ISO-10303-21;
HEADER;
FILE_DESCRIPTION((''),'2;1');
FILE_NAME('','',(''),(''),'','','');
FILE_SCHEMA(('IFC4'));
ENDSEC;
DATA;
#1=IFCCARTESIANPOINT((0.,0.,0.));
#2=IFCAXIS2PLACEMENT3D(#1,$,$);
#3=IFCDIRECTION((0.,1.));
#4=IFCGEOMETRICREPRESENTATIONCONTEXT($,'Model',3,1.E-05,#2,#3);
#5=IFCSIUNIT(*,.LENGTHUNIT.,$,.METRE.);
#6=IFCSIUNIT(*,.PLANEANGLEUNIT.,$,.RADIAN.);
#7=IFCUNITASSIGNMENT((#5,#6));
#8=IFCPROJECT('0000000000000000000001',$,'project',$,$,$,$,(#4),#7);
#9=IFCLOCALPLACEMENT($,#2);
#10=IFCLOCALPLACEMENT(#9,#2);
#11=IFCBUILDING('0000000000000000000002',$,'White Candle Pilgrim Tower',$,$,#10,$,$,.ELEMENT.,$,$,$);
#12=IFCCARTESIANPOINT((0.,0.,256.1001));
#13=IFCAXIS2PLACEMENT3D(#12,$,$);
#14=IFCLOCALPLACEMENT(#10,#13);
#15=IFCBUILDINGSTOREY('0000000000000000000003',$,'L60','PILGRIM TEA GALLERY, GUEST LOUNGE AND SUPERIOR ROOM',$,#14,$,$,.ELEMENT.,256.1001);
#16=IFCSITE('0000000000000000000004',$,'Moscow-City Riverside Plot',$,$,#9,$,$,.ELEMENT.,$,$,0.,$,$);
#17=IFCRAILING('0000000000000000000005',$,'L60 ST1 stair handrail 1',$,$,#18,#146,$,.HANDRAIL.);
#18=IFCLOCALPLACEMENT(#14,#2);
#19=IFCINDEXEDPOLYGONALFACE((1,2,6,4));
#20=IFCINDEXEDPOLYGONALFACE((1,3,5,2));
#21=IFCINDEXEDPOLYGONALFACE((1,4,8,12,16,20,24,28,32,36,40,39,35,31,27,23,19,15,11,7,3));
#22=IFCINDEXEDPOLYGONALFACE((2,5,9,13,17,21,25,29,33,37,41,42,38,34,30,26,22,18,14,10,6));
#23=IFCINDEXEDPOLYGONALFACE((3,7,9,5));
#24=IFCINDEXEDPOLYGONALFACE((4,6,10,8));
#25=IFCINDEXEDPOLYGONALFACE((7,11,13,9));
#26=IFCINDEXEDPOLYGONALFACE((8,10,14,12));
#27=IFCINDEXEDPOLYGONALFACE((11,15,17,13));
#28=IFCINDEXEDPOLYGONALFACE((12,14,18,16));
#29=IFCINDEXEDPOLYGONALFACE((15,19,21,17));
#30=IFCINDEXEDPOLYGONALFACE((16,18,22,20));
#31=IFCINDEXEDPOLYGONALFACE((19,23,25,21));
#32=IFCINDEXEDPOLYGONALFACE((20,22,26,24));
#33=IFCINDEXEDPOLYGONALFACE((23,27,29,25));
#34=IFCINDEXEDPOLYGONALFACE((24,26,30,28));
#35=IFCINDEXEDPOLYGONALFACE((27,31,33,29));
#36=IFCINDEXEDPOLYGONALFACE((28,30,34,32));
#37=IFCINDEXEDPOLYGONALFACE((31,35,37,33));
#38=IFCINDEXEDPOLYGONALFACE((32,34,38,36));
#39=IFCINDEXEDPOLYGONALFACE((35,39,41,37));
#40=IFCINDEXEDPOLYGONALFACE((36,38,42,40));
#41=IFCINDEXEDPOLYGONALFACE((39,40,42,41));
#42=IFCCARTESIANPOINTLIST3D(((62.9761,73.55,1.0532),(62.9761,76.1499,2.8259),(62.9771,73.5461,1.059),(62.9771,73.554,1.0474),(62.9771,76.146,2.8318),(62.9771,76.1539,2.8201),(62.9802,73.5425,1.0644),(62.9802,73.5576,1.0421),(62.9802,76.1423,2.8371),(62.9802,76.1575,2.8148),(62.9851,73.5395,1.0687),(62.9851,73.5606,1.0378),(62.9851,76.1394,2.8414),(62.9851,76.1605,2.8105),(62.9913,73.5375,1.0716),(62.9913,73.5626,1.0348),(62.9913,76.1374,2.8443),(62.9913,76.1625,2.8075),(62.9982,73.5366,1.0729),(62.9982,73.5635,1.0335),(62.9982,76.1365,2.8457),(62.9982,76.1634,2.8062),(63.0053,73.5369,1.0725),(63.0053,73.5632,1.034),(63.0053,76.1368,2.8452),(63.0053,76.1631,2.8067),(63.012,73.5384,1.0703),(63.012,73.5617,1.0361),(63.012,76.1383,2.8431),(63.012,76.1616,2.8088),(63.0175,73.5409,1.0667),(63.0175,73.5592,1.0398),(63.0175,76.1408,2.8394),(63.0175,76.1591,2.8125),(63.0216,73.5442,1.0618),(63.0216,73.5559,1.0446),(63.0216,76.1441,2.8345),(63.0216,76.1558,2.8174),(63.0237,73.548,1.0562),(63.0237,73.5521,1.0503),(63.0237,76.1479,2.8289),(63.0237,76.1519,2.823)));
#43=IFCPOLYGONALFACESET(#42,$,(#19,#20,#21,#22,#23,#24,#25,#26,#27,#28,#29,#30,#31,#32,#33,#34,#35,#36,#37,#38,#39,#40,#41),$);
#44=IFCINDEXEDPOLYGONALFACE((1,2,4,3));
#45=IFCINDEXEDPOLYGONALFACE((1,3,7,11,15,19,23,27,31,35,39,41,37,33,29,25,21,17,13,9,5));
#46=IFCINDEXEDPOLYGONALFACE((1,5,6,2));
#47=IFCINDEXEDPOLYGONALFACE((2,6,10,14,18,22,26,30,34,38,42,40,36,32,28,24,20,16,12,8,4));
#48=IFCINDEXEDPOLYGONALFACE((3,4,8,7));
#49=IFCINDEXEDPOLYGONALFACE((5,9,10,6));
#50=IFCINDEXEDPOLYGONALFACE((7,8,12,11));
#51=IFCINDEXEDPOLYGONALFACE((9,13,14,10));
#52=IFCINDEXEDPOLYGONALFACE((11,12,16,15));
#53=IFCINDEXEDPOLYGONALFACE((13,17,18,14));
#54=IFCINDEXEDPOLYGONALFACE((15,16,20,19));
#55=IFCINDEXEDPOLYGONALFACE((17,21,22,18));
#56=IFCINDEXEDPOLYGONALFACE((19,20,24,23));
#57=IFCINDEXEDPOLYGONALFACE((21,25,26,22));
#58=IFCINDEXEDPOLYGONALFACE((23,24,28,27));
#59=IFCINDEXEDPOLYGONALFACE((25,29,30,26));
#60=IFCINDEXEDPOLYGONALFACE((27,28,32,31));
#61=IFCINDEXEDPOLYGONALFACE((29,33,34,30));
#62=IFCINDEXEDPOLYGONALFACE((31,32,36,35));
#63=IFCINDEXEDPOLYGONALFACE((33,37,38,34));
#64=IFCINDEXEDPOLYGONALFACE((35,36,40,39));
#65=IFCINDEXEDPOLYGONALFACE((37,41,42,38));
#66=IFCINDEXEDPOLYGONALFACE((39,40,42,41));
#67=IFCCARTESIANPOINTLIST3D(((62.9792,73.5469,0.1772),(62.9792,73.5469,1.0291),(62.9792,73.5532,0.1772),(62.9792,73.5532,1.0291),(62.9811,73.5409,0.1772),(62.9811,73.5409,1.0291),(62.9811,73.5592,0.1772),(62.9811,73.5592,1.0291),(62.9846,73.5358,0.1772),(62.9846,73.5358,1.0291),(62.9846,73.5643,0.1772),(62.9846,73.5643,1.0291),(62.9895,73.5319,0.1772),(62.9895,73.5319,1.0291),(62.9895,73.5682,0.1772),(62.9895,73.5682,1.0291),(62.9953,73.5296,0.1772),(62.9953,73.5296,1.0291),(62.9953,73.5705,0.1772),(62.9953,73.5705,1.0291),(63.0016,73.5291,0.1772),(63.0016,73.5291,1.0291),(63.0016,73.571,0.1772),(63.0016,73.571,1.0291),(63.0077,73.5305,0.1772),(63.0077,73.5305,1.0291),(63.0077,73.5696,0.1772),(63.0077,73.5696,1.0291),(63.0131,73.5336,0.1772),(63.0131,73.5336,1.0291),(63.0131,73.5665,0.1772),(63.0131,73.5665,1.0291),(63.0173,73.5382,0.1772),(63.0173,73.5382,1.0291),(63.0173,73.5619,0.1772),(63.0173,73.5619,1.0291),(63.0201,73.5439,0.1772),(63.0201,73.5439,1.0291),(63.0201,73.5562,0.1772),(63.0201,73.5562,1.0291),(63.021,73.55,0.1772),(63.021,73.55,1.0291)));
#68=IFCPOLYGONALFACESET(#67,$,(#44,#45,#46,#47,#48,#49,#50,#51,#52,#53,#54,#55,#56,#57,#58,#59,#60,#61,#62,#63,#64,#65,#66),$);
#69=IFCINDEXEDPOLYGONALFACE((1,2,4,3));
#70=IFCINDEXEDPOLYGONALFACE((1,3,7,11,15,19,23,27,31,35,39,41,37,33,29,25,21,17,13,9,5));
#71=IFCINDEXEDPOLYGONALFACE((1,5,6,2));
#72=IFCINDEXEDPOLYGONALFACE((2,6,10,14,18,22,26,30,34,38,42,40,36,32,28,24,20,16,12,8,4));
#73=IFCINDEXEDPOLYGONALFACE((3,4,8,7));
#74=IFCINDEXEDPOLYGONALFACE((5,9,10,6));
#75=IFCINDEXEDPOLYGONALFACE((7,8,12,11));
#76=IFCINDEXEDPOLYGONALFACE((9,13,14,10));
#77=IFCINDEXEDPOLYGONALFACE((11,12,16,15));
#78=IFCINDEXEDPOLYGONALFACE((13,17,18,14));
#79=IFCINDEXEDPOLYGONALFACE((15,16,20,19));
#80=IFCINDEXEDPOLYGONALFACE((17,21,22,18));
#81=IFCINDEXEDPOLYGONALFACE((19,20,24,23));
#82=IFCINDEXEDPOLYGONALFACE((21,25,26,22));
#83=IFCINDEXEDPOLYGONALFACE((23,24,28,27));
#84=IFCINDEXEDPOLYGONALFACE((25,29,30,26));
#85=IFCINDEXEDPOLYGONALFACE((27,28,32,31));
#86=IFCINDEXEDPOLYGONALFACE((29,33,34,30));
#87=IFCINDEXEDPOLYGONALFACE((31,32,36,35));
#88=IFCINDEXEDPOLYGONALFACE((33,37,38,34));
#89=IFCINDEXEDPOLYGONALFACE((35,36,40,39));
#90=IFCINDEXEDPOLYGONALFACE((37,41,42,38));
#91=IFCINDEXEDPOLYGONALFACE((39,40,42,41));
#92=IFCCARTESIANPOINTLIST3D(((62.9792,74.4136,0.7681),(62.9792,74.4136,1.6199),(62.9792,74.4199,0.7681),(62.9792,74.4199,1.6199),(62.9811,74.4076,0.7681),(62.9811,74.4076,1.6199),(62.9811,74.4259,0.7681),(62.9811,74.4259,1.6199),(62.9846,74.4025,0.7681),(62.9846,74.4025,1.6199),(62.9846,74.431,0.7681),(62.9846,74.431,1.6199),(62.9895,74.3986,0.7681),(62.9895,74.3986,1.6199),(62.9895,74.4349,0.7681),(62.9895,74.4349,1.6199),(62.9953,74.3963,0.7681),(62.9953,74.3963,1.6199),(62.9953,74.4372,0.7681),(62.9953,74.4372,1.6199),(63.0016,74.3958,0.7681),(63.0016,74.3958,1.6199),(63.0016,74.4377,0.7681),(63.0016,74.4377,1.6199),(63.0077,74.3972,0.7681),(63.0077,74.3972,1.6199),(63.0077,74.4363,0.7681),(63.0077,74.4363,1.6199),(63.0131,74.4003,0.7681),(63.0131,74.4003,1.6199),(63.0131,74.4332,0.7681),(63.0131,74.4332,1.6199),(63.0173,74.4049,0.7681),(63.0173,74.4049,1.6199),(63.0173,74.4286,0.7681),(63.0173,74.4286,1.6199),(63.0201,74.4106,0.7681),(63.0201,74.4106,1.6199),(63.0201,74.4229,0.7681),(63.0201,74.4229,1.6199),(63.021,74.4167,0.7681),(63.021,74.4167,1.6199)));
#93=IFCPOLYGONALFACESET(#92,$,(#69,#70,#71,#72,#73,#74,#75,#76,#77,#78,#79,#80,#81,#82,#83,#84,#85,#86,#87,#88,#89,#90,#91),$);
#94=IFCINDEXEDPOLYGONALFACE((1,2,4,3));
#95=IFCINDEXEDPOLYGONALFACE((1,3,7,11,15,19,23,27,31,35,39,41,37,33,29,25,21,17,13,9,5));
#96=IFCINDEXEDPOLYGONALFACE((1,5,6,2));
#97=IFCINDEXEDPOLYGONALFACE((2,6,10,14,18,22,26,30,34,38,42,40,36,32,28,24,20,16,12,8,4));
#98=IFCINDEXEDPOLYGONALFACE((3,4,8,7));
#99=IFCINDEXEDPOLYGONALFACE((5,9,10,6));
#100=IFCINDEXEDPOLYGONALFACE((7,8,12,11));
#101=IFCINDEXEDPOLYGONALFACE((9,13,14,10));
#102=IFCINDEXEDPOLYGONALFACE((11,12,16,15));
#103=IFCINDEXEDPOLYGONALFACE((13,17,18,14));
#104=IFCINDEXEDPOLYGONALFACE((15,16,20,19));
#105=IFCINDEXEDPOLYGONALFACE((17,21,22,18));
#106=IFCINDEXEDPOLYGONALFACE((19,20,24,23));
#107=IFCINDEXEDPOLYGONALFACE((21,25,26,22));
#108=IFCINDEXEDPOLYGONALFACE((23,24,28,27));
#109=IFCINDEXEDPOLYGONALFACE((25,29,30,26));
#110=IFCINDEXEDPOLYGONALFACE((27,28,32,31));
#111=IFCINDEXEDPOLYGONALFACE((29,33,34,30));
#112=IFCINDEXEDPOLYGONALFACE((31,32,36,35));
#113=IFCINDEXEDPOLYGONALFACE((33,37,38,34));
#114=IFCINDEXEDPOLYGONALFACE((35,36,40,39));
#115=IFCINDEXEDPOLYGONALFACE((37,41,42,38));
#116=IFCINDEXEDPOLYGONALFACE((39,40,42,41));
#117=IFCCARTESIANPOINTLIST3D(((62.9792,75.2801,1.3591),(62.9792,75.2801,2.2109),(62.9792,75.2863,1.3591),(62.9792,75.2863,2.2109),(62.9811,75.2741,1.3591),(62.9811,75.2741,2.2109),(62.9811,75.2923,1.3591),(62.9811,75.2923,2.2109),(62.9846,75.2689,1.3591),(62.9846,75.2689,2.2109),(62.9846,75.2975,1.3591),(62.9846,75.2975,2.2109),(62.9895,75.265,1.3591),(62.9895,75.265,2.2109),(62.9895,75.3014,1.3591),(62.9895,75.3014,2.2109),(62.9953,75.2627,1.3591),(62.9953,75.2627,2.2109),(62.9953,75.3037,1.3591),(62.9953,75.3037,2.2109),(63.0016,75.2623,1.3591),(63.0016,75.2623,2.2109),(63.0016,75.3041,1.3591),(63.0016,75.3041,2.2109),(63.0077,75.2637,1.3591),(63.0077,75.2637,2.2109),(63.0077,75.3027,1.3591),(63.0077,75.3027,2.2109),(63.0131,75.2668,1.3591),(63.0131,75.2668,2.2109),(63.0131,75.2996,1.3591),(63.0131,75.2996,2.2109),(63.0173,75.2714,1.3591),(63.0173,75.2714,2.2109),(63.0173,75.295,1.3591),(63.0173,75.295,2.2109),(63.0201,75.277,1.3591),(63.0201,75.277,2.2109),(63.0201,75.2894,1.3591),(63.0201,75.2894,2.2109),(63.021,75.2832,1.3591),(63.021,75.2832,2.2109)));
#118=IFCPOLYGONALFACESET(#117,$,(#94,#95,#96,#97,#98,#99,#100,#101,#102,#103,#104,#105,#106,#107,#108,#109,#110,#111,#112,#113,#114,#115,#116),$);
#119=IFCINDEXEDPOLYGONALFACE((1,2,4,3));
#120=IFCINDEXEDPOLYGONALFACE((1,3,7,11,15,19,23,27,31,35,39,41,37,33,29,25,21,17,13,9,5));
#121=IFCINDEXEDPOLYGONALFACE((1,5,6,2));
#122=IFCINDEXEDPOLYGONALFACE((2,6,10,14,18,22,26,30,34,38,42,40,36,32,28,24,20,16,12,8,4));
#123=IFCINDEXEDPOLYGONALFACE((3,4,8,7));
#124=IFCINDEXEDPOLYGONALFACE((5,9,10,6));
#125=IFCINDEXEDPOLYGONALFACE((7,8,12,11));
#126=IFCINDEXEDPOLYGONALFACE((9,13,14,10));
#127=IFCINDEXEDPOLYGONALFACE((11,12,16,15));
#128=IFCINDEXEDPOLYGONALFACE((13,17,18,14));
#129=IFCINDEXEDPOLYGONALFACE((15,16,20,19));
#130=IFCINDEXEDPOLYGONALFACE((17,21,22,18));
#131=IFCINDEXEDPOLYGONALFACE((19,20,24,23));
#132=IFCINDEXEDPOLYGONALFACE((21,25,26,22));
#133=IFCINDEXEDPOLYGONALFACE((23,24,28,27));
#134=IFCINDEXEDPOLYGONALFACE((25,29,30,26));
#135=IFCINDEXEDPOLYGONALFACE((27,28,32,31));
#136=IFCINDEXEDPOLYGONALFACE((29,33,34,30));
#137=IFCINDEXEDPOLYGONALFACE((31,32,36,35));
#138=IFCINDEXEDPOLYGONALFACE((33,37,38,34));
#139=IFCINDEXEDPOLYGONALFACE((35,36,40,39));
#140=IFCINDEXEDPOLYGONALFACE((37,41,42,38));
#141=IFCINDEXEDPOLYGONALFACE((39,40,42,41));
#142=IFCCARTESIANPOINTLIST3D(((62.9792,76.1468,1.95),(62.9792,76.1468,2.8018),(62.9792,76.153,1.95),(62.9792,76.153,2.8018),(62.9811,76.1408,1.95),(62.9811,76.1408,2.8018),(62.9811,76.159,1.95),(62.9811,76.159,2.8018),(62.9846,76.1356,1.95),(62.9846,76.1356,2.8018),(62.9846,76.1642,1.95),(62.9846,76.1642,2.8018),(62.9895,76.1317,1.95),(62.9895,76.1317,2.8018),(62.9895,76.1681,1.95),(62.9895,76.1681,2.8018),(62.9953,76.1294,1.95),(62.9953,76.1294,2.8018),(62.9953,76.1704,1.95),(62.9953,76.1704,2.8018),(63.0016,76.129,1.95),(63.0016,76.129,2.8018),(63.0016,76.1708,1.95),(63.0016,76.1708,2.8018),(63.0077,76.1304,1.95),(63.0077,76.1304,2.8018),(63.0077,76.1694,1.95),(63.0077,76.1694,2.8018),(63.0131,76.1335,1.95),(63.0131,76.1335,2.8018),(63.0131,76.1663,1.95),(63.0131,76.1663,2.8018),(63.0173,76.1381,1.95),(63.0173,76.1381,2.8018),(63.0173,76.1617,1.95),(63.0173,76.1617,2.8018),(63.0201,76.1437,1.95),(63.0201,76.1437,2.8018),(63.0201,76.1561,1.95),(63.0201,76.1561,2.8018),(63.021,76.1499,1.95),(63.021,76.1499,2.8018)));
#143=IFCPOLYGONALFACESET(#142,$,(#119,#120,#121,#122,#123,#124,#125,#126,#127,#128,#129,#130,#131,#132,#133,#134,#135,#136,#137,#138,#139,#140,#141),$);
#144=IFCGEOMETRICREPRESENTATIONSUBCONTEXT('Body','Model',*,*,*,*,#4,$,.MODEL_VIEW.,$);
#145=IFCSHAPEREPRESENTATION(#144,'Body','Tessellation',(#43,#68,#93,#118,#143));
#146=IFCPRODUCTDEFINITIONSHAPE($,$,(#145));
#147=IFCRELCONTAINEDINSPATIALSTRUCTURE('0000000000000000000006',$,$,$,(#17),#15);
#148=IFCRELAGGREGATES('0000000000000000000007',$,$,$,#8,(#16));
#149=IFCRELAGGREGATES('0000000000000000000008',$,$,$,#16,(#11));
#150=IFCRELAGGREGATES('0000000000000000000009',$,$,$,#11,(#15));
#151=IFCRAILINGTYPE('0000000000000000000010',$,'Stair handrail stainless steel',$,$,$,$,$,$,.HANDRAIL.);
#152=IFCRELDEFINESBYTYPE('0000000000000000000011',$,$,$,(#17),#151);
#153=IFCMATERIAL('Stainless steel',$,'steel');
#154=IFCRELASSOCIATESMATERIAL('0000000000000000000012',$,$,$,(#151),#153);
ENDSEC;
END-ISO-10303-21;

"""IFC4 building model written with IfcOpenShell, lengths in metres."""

from ifc_helpers import new_model, si_unit, direction, frame, origin, origin_2d, place, context, subcontext, project, spatial, circle, extrude, material, type_object, element, save


model = new_model("IFC4")

# Units and contexts
model_context = context("Model", 3, precision=1e-05, world=origin(), true_north=direction((0.0, 1.0)))
body_context = subcontext(model_context, "Body", "Model", "MODEL_VIEW")
ifc_project = project(units=[si_unit("LENGTHUNIT", "METRE"), si_unit("PLANEANGLEUNIT", "RADIAN")], contexts=[model_context])

# Site, building, storey
site_placement = place(None, origin())
site = spatial("IfcSite", under=ifc_project, at=site_placement, Name="Moscow-City Riverside Plot", CompositionType="ELEMENT", RefElevation=0.0)
building_placement = place(site_placement, origin())
building = spatial("IfcBuilding", under=site, at=building_placement, Name="White Candle Pilgrim Tower", CompositionType="ELEMENT")
storey_placement = place(building_placement, frame((0.0, 0.0, 256.1001)))
storey = spatial("IfcBuildingStorey", under=building, at=storey_placement, Name="L60", Description="PILGRIM TEA GALLERY, GUEST LOUNGE AND SUPERIOR ROOM", CompositionType="ELEMENT", Elevation=256.1001)

# Railing
ifc_material_1 = material(Name="Stainless steel", Category="steel")
railing_type_1 = type_object("IfcRailingType", Name="Stair handrail stainless steel", PredefinedType="HANDRAIL", material=ifc_material_1)
railing_1_placement = place(storey_placement, frame((63.0, 73.55, 0.1772)))
element("IfcRailing", 1, at=railing_1_placement, inside=storey, type_object=railing_type_1, Name="L60 ST1 stair handrail 1", PredefinedType="HANDRAIL", context=body_context, shape_type="SweptSolid", body=[
    extrude(circle(Radius=0.0239, at=origin_2d()), frame((0.0, 0.0, 0.876), z_axis=(0.0, 0.826216, 0.563354), x_axis=(-1.0, 0.0, 0.0)), (0.0, 0.0, 1.0), 3.1467),
    extrude(circle(Radius=0.021, at=origin_2d()), origin(), (0.0, 0.0, 1.0), 0.8518),
    extrude(circle(Radius=0.021, at=origin_2d()), frame((0.0, 0.8667, 0.5908)), (0.0, 0.0, 1.0), 0.8518),
    extrude(circle(Radius=0.021, at=origin_2d()), frame((0.0, 1.7332, 1.1819)), (0.0, 0.0, 1.0), 0.8518),
    extrude(circle(Radius=0.021, at=origin_2d()), frame((0.0, 2.5999, 1.7727)), (0.0, 0.0, 1.0), 0.8518),
])

save(model, "model.ifc")
